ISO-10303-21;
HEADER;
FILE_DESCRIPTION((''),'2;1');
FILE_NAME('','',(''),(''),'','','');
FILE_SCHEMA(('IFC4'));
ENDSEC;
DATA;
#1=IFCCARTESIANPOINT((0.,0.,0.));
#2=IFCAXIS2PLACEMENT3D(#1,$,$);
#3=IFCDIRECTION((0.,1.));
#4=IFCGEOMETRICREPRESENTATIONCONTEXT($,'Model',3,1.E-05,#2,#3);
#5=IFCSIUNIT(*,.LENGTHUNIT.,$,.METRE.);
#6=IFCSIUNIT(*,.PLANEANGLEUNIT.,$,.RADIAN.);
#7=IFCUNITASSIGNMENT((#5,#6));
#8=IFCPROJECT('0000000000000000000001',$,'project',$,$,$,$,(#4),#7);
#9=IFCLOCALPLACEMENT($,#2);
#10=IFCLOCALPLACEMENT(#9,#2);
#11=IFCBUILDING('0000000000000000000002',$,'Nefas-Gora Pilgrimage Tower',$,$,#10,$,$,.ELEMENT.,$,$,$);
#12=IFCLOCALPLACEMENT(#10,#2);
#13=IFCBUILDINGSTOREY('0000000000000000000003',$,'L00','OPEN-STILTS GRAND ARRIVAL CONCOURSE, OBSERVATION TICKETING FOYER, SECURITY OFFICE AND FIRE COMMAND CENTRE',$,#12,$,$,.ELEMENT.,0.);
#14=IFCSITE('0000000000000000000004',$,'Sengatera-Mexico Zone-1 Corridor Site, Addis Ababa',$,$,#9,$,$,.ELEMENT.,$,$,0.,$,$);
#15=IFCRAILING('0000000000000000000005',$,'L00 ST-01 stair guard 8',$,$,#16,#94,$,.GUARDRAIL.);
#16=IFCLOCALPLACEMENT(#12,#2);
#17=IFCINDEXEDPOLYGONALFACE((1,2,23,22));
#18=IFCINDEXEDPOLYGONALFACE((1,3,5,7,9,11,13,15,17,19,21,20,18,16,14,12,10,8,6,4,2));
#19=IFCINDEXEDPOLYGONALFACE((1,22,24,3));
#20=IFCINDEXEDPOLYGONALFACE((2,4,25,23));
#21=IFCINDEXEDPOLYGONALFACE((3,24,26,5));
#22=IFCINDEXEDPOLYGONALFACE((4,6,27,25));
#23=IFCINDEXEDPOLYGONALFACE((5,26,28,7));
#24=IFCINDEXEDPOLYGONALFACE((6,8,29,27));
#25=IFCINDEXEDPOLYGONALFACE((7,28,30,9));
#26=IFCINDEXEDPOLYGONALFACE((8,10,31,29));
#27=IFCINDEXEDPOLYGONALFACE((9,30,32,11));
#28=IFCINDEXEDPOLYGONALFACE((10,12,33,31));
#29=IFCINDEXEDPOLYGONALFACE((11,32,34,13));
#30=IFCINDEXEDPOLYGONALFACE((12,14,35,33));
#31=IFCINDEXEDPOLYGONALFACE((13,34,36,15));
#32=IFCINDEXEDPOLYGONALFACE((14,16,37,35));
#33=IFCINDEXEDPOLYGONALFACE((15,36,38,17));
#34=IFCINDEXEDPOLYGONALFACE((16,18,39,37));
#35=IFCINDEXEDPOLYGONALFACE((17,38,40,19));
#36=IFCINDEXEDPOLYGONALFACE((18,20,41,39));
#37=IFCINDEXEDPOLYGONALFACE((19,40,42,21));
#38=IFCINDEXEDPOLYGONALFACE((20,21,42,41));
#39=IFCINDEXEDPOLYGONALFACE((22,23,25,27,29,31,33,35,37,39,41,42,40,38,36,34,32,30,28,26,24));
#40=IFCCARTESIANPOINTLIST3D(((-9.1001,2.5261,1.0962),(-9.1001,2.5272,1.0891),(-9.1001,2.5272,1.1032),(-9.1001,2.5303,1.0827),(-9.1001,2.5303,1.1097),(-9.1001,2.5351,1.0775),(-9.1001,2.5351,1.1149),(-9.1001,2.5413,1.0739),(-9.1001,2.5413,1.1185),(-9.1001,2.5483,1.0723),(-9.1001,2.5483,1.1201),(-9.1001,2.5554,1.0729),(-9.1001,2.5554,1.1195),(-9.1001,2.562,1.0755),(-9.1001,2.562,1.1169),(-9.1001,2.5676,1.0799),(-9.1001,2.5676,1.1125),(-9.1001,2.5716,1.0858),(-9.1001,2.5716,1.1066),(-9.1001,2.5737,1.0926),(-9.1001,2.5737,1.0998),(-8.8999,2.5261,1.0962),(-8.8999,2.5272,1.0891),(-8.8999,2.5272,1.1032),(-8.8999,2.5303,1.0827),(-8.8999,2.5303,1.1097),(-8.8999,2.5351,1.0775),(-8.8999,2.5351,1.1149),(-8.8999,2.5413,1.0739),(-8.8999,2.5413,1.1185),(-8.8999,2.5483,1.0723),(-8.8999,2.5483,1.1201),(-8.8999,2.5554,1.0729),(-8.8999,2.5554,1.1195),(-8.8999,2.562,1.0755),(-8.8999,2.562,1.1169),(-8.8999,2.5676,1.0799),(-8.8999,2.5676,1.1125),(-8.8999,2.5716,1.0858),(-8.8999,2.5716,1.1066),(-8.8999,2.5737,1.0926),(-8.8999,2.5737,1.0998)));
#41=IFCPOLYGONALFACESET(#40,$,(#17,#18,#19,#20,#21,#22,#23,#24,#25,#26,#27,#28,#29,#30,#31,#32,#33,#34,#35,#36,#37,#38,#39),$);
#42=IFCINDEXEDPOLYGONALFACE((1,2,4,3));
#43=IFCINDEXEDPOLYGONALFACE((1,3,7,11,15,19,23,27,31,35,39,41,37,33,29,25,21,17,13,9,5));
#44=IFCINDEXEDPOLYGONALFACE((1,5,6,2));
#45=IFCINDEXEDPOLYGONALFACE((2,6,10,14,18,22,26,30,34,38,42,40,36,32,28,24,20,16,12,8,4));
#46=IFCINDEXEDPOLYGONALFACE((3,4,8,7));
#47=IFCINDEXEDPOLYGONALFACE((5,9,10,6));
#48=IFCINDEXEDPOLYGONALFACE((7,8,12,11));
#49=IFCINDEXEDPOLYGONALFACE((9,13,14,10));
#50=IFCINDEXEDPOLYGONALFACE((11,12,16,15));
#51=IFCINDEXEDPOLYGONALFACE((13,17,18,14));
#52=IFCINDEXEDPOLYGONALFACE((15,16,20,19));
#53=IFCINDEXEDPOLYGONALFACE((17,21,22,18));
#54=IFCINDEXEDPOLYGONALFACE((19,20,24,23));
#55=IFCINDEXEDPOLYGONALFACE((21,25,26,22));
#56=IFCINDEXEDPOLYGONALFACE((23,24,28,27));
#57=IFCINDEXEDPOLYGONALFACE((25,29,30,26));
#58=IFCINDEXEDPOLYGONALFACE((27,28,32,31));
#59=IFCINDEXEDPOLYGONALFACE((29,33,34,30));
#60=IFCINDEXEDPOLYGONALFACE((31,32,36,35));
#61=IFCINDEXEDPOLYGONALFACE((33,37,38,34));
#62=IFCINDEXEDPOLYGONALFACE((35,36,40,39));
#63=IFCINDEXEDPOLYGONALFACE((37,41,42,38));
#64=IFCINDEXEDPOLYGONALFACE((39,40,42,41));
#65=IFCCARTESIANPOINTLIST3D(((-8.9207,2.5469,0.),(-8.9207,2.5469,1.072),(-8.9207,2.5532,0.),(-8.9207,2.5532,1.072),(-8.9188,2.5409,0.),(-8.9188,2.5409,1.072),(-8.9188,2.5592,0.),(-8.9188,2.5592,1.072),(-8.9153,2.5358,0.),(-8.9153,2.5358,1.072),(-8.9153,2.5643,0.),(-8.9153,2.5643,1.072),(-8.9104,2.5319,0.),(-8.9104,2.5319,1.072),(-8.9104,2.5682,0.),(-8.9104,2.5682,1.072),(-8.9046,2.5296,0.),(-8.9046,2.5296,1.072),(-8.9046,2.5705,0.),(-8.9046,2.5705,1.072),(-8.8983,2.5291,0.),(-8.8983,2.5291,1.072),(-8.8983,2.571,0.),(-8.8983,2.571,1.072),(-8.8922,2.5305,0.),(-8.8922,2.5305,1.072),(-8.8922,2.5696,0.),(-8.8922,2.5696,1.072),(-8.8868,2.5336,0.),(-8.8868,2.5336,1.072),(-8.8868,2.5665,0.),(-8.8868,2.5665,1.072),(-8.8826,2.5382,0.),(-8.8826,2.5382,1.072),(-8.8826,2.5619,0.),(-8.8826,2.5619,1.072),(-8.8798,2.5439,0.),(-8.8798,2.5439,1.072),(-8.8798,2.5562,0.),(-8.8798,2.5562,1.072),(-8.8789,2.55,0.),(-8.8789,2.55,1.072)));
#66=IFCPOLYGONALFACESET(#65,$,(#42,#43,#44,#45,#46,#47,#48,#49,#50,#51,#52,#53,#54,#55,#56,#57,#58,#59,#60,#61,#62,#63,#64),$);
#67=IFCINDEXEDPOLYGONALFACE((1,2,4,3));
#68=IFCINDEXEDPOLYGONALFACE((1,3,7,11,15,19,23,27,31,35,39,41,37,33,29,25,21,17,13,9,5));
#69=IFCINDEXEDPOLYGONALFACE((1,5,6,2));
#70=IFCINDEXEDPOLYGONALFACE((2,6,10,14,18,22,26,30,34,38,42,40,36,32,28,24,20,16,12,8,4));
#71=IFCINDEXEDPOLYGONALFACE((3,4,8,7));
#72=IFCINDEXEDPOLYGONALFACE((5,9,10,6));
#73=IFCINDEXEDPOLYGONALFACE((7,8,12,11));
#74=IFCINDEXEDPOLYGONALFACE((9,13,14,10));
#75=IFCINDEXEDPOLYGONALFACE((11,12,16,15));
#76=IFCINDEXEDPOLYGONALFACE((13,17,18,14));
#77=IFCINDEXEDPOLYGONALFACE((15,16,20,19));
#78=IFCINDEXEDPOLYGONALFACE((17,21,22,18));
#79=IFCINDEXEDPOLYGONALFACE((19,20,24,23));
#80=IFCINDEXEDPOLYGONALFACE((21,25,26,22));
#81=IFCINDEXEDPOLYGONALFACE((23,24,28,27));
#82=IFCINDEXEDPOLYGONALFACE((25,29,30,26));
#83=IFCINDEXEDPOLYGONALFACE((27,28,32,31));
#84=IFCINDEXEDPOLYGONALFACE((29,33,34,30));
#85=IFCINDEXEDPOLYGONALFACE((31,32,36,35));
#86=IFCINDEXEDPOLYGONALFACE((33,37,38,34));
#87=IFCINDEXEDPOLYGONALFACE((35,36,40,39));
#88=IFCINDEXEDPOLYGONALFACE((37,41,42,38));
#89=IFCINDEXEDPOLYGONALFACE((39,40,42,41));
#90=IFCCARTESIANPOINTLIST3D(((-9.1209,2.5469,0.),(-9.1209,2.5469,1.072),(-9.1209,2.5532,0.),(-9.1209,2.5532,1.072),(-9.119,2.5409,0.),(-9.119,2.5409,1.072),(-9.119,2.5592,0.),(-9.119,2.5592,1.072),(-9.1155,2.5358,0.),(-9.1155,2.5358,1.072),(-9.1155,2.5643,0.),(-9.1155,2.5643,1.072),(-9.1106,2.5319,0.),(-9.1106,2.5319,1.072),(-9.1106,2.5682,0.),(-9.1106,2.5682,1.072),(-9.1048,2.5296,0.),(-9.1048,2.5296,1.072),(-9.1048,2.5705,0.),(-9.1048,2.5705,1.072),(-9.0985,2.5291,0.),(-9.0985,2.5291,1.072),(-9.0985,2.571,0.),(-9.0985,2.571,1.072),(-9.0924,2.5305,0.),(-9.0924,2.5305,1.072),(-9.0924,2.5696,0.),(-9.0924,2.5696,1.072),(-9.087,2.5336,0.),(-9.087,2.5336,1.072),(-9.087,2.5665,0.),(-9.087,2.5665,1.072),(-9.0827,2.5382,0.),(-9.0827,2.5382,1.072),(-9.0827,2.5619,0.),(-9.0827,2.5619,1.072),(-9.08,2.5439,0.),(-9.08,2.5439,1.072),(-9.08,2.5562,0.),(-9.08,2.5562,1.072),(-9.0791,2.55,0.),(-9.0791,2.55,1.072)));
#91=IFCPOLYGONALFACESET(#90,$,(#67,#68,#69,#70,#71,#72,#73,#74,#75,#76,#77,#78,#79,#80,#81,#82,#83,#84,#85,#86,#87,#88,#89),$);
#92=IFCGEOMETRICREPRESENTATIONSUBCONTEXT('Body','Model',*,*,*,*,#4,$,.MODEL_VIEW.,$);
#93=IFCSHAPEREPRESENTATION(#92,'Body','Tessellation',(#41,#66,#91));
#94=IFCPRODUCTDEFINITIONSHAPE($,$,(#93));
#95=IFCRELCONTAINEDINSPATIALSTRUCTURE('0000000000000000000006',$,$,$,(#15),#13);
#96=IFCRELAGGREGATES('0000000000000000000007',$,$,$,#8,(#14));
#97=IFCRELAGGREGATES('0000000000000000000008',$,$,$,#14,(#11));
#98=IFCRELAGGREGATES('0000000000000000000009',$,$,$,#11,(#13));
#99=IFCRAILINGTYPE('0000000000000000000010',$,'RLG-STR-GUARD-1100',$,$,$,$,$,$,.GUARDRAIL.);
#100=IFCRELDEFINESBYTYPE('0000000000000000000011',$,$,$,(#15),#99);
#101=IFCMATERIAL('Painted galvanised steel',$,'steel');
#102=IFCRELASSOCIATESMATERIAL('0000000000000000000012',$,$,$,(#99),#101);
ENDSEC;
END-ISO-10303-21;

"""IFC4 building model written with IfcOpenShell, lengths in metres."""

from ifc_helpers import new_model, si_unit, direction, frame, origin, origin_2d, place, context, subcontext, project, spatial, circle, extrude, material, type_object, element, save


model = new_model("IFC4")

# Units and contexts
model_context = context("Model", 3, precision=1e-05, world=origin(), true_north=direction((0.0, 1.0)))
body_context = subcontext(model_context, "Body", "Model", "MODEL_VIEW")
ifc_project = project(units=[si_unit("LENGTHUNIT", "METRE"), si_unit("PLANEANGLEUNIT", "RADIAN")], contexts=[model_context])

# Site, building, storey
site_placement = place(None, origin())
site = spatial("IfcSite", under=ifc_project, at=site_placement, Name="Sengatera-Mexico Zone-1 Corridor Site, Addis Ababa", CompositionType="ELEMENT", RefElevation=0.0)
building_placement = place(site_placement, origin())
building = spatial("IfcBuilding", under=site, at=building_placement, Name="Nefas-Gora Pilgrimage Tower", CompositionType="ELEMENT")
storey_placement = place(building_placement, origin())
storey = spatial("IfcBuildingStorey", under=building, at=storey_placement, Name="L00", Description="OPEN-STILTS GRAND ARRIVAL CONCOURSE, OBSERVATION TICKETING FOYER, SECURITY OFFICE AND FIRE COMMAND CENTRE", CompositionType="ELEMENT", Elevation=0.0)

# Railing
ifc_material_1 = material(Name="Painted galvanised steel", Category="steel")
railing_type_1 = type_object("IfcRailingType", Name="RLG-STR-GUARD-1100", PredefinedType="GUARDRAIL", material=ifc_material_1)
railing_1_placement = place(storey_placement, frame((-8.8999, 2.55, 0.0)))
element("IfcRailing", 1, at=railing_1_placement, inside=storey, type_object=railing_type_1, Name="L00 ST-01 stair guard 8", PredefinedType="GUARDRAIL", context=body_context, shape_type="SweptSolid", body=[
    extrude(circle(Radius=0.0239, at=origin_2d()), frame((0.0, 0.0, 1.0962), z_axis=(-1.0, 0.0, 0.0), x_axis=(0.0, -1.0, 0.0)), (0.0, 0.0, 1.0), 0.2002),
    extrude(circle(Radius=0.021, at=origin_2d()), origin(), (0.0, 0.0, 1.0), 1.072),
    extrude(circle(Radius=0.021, at=origin_2d()), frame((-0.2002, 0.0, 0.0)), (0.0, 0.0, 1.0), 1.072),
])

save(model, "model.ifc")
